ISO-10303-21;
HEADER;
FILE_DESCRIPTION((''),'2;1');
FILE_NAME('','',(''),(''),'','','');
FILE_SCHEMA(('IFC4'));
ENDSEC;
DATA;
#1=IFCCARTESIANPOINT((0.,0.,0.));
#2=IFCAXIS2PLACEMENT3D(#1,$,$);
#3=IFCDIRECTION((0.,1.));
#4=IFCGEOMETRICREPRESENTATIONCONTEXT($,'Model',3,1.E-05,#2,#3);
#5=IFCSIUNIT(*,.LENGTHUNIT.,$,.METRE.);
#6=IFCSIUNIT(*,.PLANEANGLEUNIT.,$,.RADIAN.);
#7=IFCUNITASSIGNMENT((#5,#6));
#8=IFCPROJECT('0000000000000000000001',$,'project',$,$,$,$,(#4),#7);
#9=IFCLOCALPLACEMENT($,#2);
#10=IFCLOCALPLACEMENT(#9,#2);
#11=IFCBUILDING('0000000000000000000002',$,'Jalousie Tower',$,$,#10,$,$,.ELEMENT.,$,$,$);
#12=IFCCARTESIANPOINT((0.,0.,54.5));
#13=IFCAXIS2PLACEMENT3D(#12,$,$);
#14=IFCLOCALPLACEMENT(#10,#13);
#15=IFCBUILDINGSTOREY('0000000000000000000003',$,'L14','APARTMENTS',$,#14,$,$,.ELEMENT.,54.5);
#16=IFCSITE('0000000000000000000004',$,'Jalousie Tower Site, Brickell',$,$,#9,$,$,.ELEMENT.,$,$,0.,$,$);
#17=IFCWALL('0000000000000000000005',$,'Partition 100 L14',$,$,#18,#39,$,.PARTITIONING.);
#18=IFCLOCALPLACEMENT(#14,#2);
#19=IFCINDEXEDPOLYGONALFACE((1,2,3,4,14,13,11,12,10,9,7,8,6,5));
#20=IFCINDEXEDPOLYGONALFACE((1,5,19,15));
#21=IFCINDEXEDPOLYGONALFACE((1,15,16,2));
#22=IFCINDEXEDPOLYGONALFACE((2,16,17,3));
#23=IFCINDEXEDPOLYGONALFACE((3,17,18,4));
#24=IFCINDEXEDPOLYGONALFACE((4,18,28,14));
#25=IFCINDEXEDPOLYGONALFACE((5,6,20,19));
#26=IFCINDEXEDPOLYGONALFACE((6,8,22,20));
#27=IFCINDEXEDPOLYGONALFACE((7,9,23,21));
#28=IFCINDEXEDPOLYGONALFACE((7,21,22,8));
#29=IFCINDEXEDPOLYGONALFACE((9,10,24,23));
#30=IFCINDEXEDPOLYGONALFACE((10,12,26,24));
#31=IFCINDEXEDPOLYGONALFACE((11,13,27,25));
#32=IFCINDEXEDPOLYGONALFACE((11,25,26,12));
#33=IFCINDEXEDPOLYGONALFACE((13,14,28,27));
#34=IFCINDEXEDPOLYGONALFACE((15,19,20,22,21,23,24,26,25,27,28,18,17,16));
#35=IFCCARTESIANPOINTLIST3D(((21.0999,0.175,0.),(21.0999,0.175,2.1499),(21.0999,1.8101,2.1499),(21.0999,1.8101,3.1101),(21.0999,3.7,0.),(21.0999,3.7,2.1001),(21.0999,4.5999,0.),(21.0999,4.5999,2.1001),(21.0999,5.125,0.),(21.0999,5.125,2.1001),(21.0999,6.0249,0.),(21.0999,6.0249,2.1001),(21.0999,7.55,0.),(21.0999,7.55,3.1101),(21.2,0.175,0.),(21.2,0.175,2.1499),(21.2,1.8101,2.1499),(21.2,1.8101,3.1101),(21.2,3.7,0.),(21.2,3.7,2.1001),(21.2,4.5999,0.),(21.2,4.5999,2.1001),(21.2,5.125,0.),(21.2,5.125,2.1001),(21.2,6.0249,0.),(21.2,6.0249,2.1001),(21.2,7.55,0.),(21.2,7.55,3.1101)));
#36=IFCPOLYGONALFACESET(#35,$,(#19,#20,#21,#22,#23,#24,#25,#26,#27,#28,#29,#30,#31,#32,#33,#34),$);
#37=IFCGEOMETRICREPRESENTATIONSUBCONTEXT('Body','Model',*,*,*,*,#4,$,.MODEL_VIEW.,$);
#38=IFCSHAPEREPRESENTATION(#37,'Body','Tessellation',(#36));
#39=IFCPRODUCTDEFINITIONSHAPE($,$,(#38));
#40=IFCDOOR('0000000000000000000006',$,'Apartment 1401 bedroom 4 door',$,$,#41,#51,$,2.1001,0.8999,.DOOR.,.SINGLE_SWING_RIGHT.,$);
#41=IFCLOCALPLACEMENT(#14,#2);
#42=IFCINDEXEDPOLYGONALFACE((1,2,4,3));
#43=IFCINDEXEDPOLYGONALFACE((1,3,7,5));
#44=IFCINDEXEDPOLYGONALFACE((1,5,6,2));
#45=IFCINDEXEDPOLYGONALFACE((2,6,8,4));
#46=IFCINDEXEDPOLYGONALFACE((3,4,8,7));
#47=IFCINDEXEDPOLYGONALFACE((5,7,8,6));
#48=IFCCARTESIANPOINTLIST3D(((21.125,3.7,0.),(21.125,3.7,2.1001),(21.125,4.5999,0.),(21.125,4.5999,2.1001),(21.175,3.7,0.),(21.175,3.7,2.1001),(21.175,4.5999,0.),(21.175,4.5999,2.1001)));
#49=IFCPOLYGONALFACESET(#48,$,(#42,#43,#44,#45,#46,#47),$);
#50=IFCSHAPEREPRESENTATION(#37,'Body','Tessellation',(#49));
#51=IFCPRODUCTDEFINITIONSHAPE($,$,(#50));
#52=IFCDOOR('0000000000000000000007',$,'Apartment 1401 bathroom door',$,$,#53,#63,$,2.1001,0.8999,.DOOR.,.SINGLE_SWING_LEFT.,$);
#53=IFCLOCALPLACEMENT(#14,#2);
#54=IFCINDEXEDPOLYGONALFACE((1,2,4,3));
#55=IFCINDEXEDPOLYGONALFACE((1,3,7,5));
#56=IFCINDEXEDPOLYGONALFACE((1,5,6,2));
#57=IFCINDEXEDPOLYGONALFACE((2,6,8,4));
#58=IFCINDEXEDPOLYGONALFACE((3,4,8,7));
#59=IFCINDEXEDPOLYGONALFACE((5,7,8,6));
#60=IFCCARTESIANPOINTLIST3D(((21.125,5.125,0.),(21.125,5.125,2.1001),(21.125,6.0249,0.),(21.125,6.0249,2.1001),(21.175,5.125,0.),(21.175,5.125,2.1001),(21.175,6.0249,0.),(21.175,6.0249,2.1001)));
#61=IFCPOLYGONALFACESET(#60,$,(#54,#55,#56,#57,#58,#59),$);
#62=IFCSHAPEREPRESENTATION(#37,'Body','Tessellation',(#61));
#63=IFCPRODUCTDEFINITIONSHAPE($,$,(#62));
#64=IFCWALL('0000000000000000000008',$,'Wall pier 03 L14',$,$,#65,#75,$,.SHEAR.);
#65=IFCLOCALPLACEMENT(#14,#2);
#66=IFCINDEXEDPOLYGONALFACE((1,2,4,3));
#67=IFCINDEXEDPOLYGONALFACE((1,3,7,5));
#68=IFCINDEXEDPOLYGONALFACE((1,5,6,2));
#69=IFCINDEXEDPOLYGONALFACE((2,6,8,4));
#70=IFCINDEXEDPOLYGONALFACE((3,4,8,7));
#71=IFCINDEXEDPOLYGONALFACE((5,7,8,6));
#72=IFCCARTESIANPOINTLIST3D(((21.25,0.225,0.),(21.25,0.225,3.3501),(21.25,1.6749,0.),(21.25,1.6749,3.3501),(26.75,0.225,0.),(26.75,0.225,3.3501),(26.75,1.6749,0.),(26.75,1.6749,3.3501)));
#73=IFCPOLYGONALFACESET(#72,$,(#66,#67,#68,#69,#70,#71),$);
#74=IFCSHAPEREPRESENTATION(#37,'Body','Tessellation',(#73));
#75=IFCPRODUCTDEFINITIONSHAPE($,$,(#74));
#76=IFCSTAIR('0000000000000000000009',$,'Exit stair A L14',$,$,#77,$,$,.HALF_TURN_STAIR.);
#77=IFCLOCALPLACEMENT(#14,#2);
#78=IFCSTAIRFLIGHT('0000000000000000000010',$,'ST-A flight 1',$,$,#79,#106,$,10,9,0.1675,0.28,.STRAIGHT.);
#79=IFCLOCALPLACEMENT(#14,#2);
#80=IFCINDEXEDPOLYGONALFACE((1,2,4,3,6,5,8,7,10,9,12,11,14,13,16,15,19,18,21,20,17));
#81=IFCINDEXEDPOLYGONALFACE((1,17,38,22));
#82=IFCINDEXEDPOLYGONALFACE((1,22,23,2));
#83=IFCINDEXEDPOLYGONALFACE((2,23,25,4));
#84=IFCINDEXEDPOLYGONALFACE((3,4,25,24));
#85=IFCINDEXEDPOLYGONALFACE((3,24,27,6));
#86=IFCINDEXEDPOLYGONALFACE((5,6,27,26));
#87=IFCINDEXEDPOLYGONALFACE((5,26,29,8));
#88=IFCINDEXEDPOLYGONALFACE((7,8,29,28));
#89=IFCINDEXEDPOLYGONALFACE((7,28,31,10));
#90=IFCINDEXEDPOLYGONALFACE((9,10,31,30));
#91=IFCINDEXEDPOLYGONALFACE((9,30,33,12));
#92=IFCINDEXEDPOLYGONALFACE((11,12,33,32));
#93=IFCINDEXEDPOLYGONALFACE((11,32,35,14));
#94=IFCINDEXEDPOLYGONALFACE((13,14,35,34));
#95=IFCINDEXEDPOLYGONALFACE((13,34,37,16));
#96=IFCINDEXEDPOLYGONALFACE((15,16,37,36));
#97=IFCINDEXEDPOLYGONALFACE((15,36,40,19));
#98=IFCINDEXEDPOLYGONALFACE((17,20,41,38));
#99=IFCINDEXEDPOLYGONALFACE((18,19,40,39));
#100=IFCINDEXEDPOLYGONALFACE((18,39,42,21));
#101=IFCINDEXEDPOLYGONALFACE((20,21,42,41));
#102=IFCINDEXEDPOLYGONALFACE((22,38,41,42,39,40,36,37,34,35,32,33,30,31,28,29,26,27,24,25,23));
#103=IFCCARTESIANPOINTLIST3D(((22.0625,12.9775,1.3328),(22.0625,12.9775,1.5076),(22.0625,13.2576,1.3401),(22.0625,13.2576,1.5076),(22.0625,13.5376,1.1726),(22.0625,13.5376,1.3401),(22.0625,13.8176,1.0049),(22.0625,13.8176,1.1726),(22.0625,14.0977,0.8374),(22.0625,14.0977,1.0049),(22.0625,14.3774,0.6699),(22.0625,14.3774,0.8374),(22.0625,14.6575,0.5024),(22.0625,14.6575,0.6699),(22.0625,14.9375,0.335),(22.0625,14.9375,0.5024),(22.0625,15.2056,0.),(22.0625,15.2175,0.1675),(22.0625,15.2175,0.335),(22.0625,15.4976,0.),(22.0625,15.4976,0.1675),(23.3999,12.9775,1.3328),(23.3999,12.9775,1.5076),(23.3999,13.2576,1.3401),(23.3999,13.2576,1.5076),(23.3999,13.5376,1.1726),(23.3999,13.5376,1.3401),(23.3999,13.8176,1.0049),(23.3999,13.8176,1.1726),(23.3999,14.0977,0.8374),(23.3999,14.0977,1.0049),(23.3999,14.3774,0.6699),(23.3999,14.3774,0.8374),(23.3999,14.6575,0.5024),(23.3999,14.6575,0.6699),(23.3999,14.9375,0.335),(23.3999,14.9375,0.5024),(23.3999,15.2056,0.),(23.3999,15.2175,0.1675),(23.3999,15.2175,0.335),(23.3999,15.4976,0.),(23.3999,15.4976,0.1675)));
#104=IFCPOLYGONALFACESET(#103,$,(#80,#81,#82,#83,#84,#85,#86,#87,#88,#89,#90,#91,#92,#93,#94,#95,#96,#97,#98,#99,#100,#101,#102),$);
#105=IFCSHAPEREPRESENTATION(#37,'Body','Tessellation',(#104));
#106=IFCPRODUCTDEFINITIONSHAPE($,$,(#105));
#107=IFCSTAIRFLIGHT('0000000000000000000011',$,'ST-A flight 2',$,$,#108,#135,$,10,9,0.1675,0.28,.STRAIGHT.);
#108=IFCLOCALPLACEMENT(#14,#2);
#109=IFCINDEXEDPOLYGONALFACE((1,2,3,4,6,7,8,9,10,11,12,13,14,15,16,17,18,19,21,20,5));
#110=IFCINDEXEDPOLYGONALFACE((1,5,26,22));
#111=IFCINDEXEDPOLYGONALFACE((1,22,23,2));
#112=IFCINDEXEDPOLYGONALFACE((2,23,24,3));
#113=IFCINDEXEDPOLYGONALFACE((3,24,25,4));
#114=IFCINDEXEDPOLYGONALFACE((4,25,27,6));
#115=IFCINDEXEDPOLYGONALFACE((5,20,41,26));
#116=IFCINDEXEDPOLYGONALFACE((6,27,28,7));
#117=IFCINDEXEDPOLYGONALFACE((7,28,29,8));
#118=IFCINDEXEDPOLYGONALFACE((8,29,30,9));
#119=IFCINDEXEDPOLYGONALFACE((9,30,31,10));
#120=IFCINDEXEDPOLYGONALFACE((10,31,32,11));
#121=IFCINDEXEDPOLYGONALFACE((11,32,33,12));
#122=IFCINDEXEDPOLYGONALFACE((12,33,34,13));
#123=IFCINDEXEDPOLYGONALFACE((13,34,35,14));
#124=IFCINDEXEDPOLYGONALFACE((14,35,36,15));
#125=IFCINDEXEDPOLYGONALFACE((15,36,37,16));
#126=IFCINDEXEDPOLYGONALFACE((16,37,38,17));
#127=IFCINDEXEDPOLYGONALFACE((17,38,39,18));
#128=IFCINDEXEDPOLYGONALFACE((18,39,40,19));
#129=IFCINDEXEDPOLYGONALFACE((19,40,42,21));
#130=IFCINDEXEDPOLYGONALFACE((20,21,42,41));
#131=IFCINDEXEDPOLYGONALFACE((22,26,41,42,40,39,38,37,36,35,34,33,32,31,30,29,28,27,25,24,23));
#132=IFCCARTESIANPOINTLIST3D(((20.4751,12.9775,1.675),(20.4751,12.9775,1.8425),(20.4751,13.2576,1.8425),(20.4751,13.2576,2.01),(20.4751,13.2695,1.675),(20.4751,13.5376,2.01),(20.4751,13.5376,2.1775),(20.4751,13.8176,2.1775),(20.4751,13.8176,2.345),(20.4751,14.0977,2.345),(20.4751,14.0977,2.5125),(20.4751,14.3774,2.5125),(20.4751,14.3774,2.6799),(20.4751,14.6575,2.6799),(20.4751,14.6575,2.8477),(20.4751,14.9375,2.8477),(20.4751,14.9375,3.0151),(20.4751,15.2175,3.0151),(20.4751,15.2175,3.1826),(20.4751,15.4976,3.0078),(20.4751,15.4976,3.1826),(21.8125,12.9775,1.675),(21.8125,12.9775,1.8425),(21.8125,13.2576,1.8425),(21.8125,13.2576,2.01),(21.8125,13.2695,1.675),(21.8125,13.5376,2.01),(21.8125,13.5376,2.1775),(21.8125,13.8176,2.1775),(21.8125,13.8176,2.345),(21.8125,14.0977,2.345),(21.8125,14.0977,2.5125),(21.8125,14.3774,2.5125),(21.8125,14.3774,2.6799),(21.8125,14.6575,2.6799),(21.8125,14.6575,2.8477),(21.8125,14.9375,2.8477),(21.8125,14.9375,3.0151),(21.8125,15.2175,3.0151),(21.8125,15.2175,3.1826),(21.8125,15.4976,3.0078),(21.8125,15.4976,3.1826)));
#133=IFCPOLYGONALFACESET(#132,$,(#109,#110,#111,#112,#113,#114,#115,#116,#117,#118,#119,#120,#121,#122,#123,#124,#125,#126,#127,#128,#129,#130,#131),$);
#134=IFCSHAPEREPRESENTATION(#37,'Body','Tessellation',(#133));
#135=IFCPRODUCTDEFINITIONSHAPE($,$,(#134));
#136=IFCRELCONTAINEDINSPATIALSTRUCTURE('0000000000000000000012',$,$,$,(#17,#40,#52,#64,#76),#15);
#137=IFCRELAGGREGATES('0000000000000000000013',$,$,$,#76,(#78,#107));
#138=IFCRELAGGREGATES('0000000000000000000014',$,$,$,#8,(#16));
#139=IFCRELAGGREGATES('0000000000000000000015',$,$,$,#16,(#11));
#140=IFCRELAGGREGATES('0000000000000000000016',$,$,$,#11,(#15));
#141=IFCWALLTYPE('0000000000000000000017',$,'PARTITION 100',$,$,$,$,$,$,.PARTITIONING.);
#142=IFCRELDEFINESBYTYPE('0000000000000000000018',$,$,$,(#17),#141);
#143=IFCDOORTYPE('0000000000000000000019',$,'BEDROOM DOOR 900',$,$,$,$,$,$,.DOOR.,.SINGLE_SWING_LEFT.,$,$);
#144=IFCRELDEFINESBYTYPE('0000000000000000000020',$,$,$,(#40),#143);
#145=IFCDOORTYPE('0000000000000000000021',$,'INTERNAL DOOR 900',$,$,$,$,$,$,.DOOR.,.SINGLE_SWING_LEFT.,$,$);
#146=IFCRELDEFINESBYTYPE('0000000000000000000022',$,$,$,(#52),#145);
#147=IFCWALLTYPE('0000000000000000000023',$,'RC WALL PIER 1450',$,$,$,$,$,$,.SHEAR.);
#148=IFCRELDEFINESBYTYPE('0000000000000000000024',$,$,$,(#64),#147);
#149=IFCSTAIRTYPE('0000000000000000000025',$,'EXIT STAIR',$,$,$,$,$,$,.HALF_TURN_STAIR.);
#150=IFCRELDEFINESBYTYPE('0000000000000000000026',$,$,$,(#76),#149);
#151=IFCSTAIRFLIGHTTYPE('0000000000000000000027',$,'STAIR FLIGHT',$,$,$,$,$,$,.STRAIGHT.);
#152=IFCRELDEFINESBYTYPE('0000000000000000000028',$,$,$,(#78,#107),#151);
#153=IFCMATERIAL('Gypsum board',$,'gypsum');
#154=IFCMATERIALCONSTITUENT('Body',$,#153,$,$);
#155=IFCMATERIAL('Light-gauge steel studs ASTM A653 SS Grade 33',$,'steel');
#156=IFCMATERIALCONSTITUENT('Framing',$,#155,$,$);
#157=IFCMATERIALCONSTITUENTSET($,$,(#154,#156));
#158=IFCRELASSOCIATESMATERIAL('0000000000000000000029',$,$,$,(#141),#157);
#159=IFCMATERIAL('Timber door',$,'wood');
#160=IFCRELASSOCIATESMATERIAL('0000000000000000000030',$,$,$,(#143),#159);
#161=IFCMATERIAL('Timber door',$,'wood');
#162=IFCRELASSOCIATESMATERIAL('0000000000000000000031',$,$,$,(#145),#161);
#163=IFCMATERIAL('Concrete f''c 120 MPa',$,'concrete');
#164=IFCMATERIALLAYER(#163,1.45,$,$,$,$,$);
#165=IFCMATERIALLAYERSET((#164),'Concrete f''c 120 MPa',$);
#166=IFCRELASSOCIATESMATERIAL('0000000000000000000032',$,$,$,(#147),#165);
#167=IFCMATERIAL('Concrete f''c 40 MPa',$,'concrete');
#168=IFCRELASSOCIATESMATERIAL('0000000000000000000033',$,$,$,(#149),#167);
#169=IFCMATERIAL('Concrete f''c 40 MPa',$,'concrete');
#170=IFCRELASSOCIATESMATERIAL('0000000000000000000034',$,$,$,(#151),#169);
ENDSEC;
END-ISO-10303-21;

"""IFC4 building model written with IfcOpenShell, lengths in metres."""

from ifc_helpers import new_model, si_unit, direction, frame, frame_2d, origin, place, context, subcontext, project, spatial, polyline, rectangle, outline, extrude, material, layer, layer_set, constituent, constituent_set, type_object, element, fill, aggregate, save


model = new_model("IFC4")

# Units and contexts
model_context = context("Model", 3, precision=1e-05, world=origin(), true_north=direction((0.0, 1.0)))
body_context = subcontext(model_context, "Body", "Model", "MODEL_VIEW")
ifc_project = project(units=[si_unit("LENGTHUNIT", "METRE"), si_unit("PLANEANGLEUNIT", "RADIAN")], contexts=[model_context])

# Site, building, storey
site_placement = place(None, origin())
site = spatial("IfcSite", under=ifc_project, at=site_placement, Name="Jalousie Tower Site, Brickell", CompositionType="ELEMENT", RefElevation=0.0)
building_placement = place(site_placement, origin())
building = spatial("IfcBuilding", under=site, at=building_placement, Name="Jalousie Tower", CompositionType="ELEMENT")
storey_placement = place(building_placement, frame((0.0, 0.0, 54.5)))
storey = spatial("IfcBuildingStorey", under=building, at=storey_placement, Name="L14", Description="APARTMENTS", CompositionType="ELEMENT", Elevation=54.5)

# Wall, openings, doors
ifc_material_1 = material(Name="Gypsum board", Category="gypsum")
ifc_constituent_1 = constituent(ifc_material_1, Name="Body")
ifc_material_2 = material(Name="Light-gauge steel studs ASTM A653 SS Grade 33", Category="steel")
ifc_constituent_2 = constituent(ifc_material_2, Name="Framing")
ifc_constituent_set_1 = constituent_set(constituents=[ifc_constituent_1, ifc_constituent_2])
wall_type_1 = type_object("IfcWallType", Name="PARTITION 100", PredefinedType="PARTITIONING", material=ifc_constituent_set_1)
wall_1_placement = place(storey_placement, frame((21.1499, 0.175, 0.0), z_axis=(0.0, 0.0, 1.0), x_axis=(0.0, 1.0, 0.0)))
wall_1 = element("IfcWall", 1, at=wall_1_placement, inside=storey, type_object=wall_type_1, Name="Partition 100 L14", PredefinedType="PARTITIONING", context=body_context, shape_type="SweptSolid", body=[
    extrude(outline(polyline([(0.0, 0.0), (7.375, 0.0), (7.375, 3.1101), (1.635, 3.1101), (1.635, 2.1499), (0.0, 2.1499), (0.0, 3.1101), (0.0, 0.0)])), frame((0.0, 0.05, 0.0), z_axis=(0.0, -1.0, 0.0), x_axis=(1.0, 0.0, 0.0)), (0.0, 0.0, 1.0), 0.1001),
])
opening_1_placement = place(wall_1_placement, frame((3.5249, 0.0, 0.0)))
opening_1 = element("IfcOpeningElement", 2, at=opening_1_placement, cuts=wall_1, PredefinedType="OPENING", context=body_context, shape_type="SweptSolid", body=[
    extrude(rectangle(XDim=0.8999, YDim=2.1001, at=frame_2d((0.45, 1.05))), frame((0.0, 0.0601, 0.0), z_axis=(0.0, -1.0, 0.0), x_axis=(1.0, 0.0, 0.0)), (0.0, 0.0, 1.0), 0.1201),
])
opening_2_placement = place(wall_1_placement, frame((4.95, 0.0, 0.0)))
opening_2 = element("IfcOpeningElement", 3, at=opening_2_placement, cuts=wall_1, PredefinedType="OPENING", context=body_context, shape_type="SweptSolid", body=[
    extrude(rectangle(XDim=0.8999, YDim=2.1001, at=frame_2d((0.45, 1.05))), frame((0.0, 0.0601, 0.0), z_axis=(0.0, -1.0, 0.0), x_axis=(1.0, 0.0, 0.0)), (0.0, 0.0, 1.0), 0.1201),
])
ifc_material_3 = material(Name="Timber door", Category="wood")
door_type_1 = type_object("IfcDoorType", Name="BEDROOM DOOR 900", OperationType="SINGLE_SWING_LEFT", PredefinedType="DOOR", material=ifc_material_3)
door_1_placement = place(opening_1_placement, origin())
door_1 = element("IfcDoor", 4, at=door_1_placement, inside=storey, type_object=door_type_1, Name="Apartment 1401 bedroom 4 door", OperationType="SINGLE_SWING_RIGHT", OverallHeight=2.1001, OverallWidth=0.8999, PredefinedType="DOOR", context=body_context, shape_type="SweptSolid", body=[
    extrude(rectangle(XDim=0.8999, YDim=2.1001, at=frame_2d((0.45, 1.05))), frame((0.0, 0.0249, 0.0), z_axis=(0.0, -1.0, 0.0), x_axis=(1.0, 0.0, 0.0)), (0.0, 0.0, 1.0), 0.05),
])
fill(opening_1, door_1)
ifc_material_4 = material(Name="Timber door", Category="wood")
door_type_2 = type_object("IfcDoorType", Name="INTERNAL DOOR 900", OperationType="SINGLE_SWING_LEFT", PredefinedType="DOOR", material=ifc_material_4)
door_2_placement = place(opening_2_placement, origin())
door_2 = element("IfcDoor", 5, at=door_2_placement, inside=storey, type_object=door_type_2, Name="Apartment 1401 bathroom door", OperationType="SINGLE_SWING_LEFT", OverallHeight=2.1001, OverallWidth=0.8999, PredefinedType="DOOR", context=body_context, shape_type="SweptSolid", body=[
    extrude(rectangle(XDim=0.8999, YDim=2.1001, at=frame_2d((0.45, 1.05))), frame((0.0, 0.0249, 0.0), z_axis=(0.0, -1.0, 0.0), x_axis=(1.0, 0.0, 0.0)), (0.0, 0.0, 1.0), 0.05),
])
fill(opening_2, door_2)

# Wall
ifc_material_5 = material(Name="Concrete f'c 120 MPa", Category="concrete")
ifc_layer_1 = layer(ifc_material_5, 1.45)
ifc_layer_set_1 = layer_set([ifc_layer_1], Name="Concrete f'c 120 MPa")
wall_type_2 = type_object("IfcWallType", Name="RC WALL PIER 1450", PredefinedType="SHEAR", material=ifc_layer_set_1)
wall_2_placement = place(storey_placement, frame((21.25, 0.95, 0.0), z_axis=(0.0, 0.0, 1.0), x_axis=(1.0, 0.0, 0.0)))
element("IfcWall", 6, at=wall_2_placement, inside=storey, type_object=wall_type_2, Name="Wall pier 03 L14", PredefinedType="SHEAR", context=body_context, shape_type="SweptSolid", body=[
    extrude(rectangle(XDim=5.5, YDim=1.45, at=frame_2d((2.75, 0.0))), origin(), (0.0, 0.0, 1.0), 3.3501),
])

# Stair, stair flights
ifc_material_6 = material(Name="Concrete f'c 40 MPa", Category="concrete")
stair_type = type_object("IfcStairType", Name="EXIT STAIR", PredefinedType="HALF_TURN_STAIR", material=ifc_material_6)
stair_placement = place(storey_placement, origin())
stair = element("IfcStair", 7, at=stair_placement, inside=storey, type_object=stair_type, Name="Exit stair A L14", PredefinedType="HALF_TURN_STAIR")
ifc_material_7 = material(Name="Concrete f'c 40 MPa", Category="concrete")
stair_flight_type = type_object("IfcStairFlightType", Name="STAIR FLIGHT", PredefinedType="STRAIGHT", material=ifc_material_7)
stair_flight_1_placement = place(storey_placement, frame((22.7312, 15.4976, 0.0), z_axis=(0.0, 0.0, 1.0), x_axis=(0.0, -1.0, 0.0)))
stair_flight_1 = element("IfcStairFlight", 8, at=stair_flight_1_placement, type_object=stair_flight_type, Name="ST-A flight 1", NumberOfRisers=10, NumberOfTreads=9, PredefinedType="STRAIGHT", RiserHeight=0.1675, TreadLength=0.28, context=body_context, shape_type="SweptSolid", body=[
    extrude(outline(polyline([(0.0, 0.0), (0.0, 0.1675), (0.28, 0.1675), (0.28, 0.335), (0.5601, 0.335), (0.5601, 0.5024), (0.8401, 0.5024), (0.8401, 0.6699), (1.1201, 0.6699), (1.1201, 0.8374), (1.3999, 0.8374), (1.3999, 1.0049), (1.6799, 1.0049), (1.6799, 1.1726), (1.96, 1.1726), (1.96, 1.3401), (2.24, 1.3401), (2.24, 1.5076), (2.52, 1.5076), (2.52, 1.675), (2.52, 1.3328), (0.292, 0.0), (0.0, 0.0)])), frame((0.0, 0.6687, 0.0), z_axis=(0.0, -1.0, 0.0), x_axis=(1.0, 0.0, 0.0)), (0.0, 0.0, 1.0), 1.3374),
])
stair_flight_2_placement = place(storey_placement, frame((21.1438, 12.9775, 1.675), z_axis=(0.0, 0.0, 1.0), x_axis=(0.0, 1.0, 0.0)))
stair_flight_2 = element("IfcStairFlight", 9, at=stair_flight_2_placement, type_object=stair_flight_type, Name="ST-A flight 2", NumberOfRisers=10, NumberOfTreads=9, PredefinedType="STRAIGHT", RiserHeight=0.1675, TreadLength=0.28, context=body_context, shape_type="SweptSolid", body=[
    extrude(outline(polyline([(0.0, 0.0), (0.0, 0.1675), (0.28, 0.1675), (0.28, 0.335), (0.5601, 0.335), (0.5601, 0.5024), (0.8401, 0.5024), (0.8401, 0.6699), (1.1201, 0.6699), (1.1201, 0.8374), (1.3999, 0.8374), (1.3999, 1.0049), (1.6799, 1.0049), (1.6799, 1.1726), (1.96, 1.1726), (1.96, 1.3401), (2.24, 1.3401), (2.24, 1.5076), (2.52, 1.5076), (2.52, 1.675), (2.52, 1.3328), (0.292, 0.0), (0.0, 0.0)])), frame((0.0, 0.6687, 0.0), z_axis=(0.0, -1.0, 0.0), x_axis=(1.0, 0.0, 0.0)), (0.0, 0.0, 1.0), 1.3374),
])
aggregate(stair, [stair_flight_1, stair_flight_2])

save(model, "model.ifc")
